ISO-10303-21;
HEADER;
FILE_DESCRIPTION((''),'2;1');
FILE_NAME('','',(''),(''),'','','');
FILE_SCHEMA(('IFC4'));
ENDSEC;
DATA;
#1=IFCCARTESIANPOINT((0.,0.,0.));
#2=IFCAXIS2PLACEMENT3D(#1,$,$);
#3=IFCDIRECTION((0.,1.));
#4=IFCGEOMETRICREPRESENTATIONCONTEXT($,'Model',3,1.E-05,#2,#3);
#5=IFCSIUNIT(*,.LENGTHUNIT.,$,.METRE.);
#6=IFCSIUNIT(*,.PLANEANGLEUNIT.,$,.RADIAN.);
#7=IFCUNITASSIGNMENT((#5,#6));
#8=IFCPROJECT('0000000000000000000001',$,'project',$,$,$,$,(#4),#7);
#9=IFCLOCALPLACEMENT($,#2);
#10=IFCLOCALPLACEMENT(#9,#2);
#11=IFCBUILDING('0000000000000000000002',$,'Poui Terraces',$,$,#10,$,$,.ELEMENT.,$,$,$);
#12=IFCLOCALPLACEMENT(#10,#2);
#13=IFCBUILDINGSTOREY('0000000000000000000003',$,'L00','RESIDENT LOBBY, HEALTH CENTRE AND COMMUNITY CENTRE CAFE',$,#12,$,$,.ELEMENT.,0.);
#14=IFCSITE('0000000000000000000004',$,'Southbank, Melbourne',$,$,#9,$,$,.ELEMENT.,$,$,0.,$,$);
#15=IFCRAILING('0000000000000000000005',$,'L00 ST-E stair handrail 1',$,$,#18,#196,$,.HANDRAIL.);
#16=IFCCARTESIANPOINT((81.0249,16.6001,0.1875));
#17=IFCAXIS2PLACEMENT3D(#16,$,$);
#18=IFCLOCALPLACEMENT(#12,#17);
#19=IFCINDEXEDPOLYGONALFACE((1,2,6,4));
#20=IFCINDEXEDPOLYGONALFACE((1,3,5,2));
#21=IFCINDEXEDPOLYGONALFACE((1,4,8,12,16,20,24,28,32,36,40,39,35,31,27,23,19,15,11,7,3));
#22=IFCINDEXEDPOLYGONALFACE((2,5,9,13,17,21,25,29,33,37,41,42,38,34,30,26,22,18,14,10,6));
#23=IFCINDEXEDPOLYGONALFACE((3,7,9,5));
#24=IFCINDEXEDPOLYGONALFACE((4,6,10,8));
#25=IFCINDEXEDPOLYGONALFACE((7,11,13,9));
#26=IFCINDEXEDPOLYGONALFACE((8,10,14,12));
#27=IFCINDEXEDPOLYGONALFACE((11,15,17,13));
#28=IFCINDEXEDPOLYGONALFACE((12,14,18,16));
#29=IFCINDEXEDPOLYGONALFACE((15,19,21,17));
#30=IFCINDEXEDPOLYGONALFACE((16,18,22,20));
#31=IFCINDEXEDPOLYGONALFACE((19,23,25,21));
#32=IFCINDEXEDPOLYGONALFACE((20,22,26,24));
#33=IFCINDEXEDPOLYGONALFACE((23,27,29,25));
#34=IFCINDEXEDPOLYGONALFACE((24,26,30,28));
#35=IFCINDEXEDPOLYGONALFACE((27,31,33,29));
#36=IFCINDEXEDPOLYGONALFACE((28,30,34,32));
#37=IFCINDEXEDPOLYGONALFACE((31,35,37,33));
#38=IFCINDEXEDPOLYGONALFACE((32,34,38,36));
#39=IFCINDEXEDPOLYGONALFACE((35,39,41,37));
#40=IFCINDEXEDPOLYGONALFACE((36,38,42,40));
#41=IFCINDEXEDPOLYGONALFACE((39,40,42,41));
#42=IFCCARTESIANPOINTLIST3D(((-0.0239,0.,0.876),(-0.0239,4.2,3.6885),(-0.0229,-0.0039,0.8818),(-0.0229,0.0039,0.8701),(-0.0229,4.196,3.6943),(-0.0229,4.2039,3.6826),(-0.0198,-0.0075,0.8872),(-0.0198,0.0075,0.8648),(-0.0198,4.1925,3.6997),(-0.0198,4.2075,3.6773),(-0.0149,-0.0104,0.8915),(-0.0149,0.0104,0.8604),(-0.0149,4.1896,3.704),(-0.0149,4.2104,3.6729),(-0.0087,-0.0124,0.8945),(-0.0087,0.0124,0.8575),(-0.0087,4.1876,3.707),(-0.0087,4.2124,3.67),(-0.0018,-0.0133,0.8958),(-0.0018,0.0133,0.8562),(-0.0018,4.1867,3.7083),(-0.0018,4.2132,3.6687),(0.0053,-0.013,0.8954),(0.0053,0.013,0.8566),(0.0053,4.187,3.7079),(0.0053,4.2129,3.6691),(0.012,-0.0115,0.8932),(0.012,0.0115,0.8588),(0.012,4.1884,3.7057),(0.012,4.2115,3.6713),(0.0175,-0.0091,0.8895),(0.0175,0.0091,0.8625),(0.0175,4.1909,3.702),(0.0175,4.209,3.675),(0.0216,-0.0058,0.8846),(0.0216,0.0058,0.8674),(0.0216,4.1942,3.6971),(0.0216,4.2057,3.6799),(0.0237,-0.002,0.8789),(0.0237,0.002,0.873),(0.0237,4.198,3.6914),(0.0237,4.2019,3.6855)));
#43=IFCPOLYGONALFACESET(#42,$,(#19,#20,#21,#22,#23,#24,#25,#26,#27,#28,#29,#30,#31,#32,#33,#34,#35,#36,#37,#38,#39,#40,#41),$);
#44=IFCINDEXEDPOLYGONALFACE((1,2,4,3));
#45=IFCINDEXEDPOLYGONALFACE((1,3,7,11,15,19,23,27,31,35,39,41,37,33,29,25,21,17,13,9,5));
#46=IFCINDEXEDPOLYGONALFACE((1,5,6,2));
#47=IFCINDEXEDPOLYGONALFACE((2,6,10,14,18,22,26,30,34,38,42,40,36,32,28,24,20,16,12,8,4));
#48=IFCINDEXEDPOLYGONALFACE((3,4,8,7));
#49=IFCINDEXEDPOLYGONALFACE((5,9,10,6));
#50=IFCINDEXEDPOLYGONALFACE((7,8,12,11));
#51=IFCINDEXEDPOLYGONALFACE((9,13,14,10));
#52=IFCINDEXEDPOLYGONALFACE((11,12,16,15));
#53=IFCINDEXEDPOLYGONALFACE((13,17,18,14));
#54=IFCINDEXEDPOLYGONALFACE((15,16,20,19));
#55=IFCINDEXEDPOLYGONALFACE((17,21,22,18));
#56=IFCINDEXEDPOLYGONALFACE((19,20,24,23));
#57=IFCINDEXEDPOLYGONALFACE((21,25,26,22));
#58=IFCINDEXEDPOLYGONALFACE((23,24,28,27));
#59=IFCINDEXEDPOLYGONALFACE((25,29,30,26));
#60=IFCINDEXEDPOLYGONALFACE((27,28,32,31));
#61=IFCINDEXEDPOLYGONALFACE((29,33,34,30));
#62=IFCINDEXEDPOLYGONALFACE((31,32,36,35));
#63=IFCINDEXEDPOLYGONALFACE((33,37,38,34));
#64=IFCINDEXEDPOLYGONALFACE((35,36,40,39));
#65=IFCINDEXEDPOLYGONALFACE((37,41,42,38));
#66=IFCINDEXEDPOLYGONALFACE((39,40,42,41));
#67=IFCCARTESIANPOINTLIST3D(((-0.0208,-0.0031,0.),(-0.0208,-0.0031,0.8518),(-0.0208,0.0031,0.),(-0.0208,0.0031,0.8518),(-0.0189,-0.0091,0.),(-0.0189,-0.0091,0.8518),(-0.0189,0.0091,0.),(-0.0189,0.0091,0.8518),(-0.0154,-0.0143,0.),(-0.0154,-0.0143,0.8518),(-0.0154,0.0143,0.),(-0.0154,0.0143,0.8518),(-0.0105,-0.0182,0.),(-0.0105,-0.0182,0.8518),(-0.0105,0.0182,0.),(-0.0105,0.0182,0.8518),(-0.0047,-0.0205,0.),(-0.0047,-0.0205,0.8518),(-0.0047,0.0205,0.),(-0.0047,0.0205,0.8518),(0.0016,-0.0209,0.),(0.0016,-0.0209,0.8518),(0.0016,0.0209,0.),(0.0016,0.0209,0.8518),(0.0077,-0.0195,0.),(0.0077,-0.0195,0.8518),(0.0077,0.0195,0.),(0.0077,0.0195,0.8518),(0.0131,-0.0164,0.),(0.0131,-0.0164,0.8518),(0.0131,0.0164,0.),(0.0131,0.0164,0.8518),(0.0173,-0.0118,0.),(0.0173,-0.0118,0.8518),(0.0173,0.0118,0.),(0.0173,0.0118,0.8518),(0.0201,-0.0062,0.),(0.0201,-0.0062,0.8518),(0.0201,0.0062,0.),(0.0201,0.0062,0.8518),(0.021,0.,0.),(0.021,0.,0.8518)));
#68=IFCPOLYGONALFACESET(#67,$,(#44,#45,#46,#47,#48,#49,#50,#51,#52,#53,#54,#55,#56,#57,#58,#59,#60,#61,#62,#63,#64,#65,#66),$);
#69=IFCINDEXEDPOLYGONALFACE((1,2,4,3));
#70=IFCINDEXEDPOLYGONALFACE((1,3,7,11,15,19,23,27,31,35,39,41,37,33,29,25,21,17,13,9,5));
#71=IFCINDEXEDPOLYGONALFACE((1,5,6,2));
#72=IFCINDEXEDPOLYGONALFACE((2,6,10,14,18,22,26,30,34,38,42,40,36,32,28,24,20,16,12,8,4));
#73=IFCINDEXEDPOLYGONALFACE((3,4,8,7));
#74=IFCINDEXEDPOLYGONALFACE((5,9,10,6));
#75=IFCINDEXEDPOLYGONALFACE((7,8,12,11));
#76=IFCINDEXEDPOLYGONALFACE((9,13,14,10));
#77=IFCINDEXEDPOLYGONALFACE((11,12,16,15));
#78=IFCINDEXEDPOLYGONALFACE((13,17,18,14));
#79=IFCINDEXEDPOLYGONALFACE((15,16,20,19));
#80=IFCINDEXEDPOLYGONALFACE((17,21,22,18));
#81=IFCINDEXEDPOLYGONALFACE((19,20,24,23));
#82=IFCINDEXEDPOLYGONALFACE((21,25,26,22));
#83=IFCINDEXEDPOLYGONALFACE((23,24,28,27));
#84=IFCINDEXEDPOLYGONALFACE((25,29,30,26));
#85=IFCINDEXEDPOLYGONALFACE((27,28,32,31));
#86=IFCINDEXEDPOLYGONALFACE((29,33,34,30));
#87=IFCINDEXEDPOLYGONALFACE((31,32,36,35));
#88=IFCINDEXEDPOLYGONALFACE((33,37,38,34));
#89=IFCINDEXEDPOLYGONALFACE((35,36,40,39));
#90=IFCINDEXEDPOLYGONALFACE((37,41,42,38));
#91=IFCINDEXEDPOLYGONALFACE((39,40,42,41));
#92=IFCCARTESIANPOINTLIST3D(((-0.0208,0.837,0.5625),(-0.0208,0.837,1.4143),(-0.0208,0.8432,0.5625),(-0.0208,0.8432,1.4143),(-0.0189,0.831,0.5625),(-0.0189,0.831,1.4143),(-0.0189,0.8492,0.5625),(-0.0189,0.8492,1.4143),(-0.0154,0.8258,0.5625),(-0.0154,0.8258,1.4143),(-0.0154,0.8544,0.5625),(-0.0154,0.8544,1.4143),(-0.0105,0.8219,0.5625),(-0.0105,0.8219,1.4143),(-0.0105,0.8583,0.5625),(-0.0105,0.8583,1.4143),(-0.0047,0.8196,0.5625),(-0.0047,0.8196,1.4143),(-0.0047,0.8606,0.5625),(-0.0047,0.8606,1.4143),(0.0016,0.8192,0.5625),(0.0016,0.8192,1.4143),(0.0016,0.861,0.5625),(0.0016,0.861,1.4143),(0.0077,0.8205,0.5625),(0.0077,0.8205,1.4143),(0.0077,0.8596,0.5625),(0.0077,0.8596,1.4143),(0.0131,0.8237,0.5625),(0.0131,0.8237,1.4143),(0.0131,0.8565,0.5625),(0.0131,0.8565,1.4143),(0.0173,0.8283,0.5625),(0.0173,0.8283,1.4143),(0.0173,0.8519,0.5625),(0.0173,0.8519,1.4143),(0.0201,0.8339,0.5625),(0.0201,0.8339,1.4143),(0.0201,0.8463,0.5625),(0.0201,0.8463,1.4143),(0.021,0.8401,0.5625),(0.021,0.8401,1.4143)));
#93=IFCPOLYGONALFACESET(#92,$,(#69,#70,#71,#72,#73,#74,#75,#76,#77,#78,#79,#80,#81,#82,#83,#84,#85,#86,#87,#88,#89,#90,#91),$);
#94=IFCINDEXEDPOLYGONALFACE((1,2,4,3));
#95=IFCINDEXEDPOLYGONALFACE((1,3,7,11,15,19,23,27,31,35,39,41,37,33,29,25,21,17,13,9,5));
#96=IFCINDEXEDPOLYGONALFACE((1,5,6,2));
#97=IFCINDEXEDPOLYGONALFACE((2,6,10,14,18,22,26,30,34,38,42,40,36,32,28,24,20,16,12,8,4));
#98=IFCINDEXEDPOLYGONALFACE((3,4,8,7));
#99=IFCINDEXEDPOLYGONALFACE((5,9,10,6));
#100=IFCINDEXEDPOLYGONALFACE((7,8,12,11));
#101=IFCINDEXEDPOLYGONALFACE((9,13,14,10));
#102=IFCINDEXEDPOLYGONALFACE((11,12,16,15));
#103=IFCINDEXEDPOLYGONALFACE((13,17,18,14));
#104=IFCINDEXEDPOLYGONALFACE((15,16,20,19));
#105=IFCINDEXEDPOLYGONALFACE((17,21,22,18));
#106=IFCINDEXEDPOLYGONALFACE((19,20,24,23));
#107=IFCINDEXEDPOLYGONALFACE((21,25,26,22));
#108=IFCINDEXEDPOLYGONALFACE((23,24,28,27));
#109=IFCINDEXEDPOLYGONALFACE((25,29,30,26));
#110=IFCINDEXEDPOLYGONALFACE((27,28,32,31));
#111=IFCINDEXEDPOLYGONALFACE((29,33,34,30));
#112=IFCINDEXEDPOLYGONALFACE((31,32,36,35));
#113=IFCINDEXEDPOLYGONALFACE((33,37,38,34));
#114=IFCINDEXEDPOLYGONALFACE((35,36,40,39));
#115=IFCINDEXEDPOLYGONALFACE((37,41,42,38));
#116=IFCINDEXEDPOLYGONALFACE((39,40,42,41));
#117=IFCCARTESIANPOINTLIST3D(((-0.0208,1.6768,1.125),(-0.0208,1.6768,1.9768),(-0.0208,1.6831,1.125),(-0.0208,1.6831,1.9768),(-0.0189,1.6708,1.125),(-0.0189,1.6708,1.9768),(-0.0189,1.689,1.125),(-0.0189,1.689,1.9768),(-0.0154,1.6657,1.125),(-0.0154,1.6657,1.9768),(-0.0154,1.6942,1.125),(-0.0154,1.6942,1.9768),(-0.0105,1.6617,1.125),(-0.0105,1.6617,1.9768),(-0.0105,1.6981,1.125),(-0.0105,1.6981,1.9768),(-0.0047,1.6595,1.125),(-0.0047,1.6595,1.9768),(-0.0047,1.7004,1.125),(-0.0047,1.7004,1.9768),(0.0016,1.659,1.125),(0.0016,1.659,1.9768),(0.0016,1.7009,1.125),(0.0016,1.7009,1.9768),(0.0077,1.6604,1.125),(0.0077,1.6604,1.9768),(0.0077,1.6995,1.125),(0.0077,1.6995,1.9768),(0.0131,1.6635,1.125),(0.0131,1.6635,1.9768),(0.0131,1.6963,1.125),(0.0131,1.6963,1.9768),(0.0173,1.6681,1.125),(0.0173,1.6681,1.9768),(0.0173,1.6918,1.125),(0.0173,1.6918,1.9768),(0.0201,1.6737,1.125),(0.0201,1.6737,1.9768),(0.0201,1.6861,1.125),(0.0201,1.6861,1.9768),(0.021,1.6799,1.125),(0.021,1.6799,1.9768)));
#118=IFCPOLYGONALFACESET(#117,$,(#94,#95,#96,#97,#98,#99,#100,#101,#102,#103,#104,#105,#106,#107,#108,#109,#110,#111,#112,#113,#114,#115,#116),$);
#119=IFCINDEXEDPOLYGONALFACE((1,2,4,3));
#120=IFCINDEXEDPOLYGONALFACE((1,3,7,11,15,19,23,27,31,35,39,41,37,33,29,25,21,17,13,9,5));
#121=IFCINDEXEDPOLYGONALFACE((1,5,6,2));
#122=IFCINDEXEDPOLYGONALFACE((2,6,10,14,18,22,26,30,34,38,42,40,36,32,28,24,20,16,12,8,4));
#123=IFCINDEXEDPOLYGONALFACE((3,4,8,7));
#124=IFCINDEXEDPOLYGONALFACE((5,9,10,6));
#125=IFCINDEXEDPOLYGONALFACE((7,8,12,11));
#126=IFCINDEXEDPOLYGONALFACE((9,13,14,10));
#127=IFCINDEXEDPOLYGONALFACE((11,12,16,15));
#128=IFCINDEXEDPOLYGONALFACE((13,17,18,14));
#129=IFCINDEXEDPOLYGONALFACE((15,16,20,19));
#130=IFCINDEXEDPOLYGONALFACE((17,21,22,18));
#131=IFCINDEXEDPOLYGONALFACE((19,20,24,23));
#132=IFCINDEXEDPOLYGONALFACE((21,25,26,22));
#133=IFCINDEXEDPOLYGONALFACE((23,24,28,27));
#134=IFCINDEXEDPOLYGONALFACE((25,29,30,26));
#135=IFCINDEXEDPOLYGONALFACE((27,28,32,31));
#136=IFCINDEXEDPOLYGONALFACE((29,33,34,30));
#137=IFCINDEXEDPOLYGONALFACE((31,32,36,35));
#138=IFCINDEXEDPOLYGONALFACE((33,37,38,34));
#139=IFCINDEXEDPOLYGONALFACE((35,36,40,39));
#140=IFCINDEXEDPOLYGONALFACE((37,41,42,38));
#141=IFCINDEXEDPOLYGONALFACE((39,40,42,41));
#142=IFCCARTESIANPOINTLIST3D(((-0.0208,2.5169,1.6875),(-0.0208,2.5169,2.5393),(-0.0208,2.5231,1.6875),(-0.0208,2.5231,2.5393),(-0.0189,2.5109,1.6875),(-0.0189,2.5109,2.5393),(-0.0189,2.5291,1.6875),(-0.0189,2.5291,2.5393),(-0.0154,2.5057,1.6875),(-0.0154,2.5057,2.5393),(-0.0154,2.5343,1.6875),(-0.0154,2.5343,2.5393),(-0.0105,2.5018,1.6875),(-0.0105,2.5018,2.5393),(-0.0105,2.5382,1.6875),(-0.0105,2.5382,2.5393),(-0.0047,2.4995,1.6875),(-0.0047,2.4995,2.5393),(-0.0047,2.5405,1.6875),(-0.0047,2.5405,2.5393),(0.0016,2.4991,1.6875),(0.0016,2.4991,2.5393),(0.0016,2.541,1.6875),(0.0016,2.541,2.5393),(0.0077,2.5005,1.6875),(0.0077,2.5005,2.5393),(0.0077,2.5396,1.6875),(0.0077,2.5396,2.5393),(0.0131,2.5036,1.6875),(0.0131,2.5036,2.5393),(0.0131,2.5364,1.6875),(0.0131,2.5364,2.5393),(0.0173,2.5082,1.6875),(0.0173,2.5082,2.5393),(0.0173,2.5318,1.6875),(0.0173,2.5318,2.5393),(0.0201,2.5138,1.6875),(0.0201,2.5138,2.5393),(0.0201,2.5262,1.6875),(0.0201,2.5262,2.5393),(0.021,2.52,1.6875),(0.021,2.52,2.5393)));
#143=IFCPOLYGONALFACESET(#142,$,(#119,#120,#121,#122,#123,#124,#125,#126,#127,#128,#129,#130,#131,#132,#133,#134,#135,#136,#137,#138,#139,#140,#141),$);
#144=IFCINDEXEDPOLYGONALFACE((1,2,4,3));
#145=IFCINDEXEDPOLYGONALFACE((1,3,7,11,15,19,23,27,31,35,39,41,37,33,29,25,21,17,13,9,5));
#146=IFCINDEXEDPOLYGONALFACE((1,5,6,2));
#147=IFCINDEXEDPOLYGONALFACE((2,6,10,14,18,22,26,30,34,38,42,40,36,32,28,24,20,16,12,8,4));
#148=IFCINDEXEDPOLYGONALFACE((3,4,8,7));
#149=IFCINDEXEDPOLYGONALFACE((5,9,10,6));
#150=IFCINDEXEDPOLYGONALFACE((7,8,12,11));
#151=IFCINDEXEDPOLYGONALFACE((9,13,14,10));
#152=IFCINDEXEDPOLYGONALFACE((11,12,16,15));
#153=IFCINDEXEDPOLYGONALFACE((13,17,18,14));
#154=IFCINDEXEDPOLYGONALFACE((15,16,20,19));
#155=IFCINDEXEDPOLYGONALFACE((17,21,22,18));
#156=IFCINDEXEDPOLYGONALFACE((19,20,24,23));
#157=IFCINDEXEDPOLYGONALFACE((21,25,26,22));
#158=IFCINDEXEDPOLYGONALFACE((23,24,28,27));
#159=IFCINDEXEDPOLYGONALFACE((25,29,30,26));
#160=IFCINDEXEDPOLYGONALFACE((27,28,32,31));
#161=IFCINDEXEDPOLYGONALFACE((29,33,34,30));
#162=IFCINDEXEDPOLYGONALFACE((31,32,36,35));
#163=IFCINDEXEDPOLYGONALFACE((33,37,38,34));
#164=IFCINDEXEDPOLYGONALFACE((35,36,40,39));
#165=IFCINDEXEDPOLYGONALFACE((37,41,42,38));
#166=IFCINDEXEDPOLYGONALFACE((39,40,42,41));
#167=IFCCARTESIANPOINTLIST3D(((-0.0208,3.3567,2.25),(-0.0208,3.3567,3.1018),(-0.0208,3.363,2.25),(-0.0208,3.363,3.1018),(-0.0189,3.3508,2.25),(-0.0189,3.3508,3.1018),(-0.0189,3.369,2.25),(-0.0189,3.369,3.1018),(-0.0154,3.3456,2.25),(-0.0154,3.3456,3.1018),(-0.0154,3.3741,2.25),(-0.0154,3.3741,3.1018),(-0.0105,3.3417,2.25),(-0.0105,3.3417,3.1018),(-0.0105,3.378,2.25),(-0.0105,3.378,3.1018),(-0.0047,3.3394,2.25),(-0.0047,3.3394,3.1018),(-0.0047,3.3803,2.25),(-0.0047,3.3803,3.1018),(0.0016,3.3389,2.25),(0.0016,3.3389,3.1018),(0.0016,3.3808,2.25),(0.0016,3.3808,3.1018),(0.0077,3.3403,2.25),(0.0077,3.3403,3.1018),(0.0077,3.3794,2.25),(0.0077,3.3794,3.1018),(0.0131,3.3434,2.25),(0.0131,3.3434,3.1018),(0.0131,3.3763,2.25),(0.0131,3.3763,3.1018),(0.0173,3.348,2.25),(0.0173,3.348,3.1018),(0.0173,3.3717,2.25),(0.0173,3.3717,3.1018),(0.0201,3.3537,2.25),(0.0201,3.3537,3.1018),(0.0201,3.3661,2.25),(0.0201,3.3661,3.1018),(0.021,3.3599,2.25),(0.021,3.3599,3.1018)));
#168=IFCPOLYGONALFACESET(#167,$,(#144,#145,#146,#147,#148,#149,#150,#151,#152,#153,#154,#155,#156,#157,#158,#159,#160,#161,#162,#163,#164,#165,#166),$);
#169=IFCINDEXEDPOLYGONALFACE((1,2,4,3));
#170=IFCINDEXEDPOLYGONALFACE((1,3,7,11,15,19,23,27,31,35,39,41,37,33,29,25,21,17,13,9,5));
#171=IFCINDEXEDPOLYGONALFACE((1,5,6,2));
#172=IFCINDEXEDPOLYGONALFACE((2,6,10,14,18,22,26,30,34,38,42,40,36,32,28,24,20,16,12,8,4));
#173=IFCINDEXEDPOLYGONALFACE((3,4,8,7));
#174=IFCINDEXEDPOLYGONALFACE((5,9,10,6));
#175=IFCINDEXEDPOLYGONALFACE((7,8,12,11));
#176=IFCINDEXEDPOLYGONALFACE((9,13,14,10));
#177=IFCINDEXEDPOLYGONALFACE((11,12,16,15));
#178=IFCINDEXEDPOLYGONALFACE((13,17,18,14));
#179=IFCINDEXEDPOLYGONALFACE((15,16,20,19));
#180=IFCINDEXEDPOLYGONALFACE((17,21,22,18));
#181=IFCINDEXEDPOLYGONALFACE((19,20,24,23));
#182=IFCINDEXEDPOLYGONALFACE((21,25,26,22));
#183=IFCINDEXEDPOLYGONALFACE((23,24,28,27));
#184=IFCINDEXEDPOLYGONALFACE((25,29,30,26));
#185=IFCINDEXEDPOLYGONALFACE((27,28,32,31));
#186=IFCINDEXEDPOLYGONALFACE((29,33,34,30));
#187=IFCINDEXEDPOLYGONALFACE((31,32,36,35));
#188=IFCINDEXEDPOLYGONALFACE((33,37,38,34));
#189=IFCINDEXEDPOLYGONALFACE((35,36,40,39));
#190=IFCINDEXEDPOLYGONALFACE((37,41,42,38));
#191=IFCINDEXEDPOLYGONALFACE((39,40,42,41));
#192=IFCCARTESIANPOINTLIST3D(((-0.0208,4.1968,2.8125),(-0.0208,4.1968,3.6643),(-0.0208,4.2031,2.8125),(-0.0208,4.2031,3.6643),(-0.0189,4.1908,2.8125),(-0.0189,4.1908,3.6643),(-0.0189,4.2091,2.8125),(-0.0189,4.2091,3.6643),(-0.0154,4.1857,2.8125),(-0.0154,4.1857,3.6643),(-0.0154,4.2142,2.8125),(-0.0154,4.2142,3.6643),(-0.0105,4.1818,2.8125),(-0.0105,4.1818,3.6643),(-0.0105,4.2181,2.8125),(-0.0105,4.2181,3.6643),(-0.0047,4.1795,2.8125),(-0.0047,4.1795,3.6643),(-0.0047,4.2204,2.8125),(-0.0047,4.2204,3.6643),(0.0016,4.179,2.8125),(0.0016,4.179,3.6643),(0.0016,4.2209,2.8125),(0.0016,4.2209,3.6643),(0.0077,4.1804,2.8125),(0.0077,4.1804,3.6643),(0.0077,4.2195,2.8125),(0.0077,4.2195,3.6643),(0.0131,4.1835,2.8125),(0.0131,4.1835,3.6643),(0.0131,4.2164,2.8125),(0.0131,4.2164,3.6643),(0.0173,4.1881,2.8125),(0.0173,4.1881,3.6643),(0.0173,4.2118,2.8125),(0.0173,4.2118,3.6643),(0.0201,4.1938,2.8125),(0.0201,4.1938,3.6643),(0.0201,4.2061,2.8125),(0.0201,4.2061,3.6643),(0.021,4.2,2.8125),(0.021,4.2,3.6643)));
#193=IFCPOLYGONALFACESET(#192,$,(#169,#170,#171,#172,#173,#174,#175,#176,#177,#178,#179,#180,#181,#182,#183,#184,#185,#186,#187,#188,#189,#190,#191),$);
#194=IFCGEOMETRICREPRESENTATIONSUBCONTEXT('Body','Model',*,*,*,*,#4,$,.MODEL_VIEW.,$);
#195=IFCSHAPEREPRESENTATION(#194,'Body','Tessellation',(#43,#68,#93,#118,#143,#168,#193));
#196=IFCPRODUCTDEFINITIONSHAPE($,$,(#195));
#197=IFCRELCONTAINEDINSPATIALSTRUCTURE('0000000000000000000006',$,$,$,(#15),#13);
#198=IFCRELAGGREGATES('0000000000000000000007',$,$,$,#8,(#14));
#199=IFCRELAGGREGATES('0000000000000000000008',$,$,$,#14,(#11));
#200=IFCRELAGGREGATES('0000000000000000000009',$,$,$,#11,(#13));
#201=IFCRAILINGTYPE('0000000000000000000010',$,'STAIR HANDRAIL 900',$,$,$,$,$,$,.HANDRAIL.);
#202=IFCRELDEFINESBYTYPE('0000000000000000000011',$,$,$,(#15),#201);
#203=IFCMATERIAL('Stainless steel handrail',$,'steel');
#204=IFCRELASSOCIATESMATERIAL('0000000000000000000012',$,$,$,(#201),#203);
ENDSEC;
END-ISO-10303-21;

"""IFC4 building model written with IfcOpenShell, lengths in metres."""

from ifc_helpers import new_model, si_unit, direction, frame, origin, origin_2d, place, context, subcontext, project, spatial, circle, extrude, material, type_object, element, save


model = new_model("IFC4")

# Units and contexts
model_context = context("Model", 3, precision=1e-05, world=origin(), true_north=direction((0.0, 1.0)))
body_context = subcontext(model_context, "Body", "Model", "MODEL_VIEW")
ifc_project = project(units=[si_unit("LENGTHUNIT", "METRE"), si_unit("PLANEANGLEUNIT", "RADIAN")], contexts=[model_context])

# Site, building, storey
site_placement = place(None, origin())
site = spatial("IfcSite", under=ifc_project, at=site_placement, Name="Southbank, Melbourne", CompositionType="ELEMENT", RefElevation=0.0)
building_placement = place(site_placement, origin())
building = spatial("IfcBuilding", under=site, at=building_placement, Name="Poui Terraces", CompositionType="ELEMENT")
storey_placement = place(building_placement, origin())
storey = spatial("IfcBuildingStorey", under=building, at=storey_placement, Name="L00", Description="RESIDENT LOBBY, HEALTH CENTRE AND COMMUNITY CENTRE CAFE", CompositionType="ELEMENT", Elevation=0.0)

# Railing
ifc_material_1 = material(Name="Stainless steel handrail", Category="steel")
railing_type_1 = type_object("IfcRailingType", Name="STAIR HANDRAIL 900", PredefinedType="HANDRAIL", material=ifc_material_1)
railing_1_placement = place(storey_placement, frame((81.0249, 16.6001, 0.1875)))
element("IfcRailing", 1, at=railing_1_placement, inside=storey, type_object=railing_type_1, Name="L00 ST-E stair handrail 1", PredefinedType="HANDRAIL", context=body_context, shape_type="SweptSolid", body=[
    extrude(circle(Radius=0.0239, at=origin_2d()), frame((0.0, 0.0, 0.876), z_axis=(0.0, 0.830904, 0.556416), x_axis=(-1.0, 0.0, 0.0)), (0.0, 0.0, 1.0), 5.0547),
    extrude(circle(Radius=0.021, at=origin_2d()), origin(), (0.0, 0.0, 1.0), 0.8518),
    extrude(circle(Radius=0.021, at=origin_2d()), frame((0.0, 0.8401, 0.5625)), (0.0, 0.0, 1.0), 0.8518),
    extrude(circle(Radius=0.021, at=origin_2d()), frame((0.0, 1.6799, 1.125)), (0.0, 0.0, 1.0), 0.8518),
    extrude(circle(Radius=0.021, at=origin_2d()), frame((0.0, 2.52, 1.6875)), (0.0, 0.0, 1.0), 0.8518),
    extrude(circle(Radius=0.021, at=origin_2d()), frame((0.0, 3.3599, 2.25)), (0.0, 0.0, 1.0), 0.8518),
    extrude(circle(Radius=0.021, at=origin_2d()), frame((0.0, 4.2, 2.8125)), (0.0, 0.0, 1.0), 0.8518),
])

save(model, "model.ifc")
